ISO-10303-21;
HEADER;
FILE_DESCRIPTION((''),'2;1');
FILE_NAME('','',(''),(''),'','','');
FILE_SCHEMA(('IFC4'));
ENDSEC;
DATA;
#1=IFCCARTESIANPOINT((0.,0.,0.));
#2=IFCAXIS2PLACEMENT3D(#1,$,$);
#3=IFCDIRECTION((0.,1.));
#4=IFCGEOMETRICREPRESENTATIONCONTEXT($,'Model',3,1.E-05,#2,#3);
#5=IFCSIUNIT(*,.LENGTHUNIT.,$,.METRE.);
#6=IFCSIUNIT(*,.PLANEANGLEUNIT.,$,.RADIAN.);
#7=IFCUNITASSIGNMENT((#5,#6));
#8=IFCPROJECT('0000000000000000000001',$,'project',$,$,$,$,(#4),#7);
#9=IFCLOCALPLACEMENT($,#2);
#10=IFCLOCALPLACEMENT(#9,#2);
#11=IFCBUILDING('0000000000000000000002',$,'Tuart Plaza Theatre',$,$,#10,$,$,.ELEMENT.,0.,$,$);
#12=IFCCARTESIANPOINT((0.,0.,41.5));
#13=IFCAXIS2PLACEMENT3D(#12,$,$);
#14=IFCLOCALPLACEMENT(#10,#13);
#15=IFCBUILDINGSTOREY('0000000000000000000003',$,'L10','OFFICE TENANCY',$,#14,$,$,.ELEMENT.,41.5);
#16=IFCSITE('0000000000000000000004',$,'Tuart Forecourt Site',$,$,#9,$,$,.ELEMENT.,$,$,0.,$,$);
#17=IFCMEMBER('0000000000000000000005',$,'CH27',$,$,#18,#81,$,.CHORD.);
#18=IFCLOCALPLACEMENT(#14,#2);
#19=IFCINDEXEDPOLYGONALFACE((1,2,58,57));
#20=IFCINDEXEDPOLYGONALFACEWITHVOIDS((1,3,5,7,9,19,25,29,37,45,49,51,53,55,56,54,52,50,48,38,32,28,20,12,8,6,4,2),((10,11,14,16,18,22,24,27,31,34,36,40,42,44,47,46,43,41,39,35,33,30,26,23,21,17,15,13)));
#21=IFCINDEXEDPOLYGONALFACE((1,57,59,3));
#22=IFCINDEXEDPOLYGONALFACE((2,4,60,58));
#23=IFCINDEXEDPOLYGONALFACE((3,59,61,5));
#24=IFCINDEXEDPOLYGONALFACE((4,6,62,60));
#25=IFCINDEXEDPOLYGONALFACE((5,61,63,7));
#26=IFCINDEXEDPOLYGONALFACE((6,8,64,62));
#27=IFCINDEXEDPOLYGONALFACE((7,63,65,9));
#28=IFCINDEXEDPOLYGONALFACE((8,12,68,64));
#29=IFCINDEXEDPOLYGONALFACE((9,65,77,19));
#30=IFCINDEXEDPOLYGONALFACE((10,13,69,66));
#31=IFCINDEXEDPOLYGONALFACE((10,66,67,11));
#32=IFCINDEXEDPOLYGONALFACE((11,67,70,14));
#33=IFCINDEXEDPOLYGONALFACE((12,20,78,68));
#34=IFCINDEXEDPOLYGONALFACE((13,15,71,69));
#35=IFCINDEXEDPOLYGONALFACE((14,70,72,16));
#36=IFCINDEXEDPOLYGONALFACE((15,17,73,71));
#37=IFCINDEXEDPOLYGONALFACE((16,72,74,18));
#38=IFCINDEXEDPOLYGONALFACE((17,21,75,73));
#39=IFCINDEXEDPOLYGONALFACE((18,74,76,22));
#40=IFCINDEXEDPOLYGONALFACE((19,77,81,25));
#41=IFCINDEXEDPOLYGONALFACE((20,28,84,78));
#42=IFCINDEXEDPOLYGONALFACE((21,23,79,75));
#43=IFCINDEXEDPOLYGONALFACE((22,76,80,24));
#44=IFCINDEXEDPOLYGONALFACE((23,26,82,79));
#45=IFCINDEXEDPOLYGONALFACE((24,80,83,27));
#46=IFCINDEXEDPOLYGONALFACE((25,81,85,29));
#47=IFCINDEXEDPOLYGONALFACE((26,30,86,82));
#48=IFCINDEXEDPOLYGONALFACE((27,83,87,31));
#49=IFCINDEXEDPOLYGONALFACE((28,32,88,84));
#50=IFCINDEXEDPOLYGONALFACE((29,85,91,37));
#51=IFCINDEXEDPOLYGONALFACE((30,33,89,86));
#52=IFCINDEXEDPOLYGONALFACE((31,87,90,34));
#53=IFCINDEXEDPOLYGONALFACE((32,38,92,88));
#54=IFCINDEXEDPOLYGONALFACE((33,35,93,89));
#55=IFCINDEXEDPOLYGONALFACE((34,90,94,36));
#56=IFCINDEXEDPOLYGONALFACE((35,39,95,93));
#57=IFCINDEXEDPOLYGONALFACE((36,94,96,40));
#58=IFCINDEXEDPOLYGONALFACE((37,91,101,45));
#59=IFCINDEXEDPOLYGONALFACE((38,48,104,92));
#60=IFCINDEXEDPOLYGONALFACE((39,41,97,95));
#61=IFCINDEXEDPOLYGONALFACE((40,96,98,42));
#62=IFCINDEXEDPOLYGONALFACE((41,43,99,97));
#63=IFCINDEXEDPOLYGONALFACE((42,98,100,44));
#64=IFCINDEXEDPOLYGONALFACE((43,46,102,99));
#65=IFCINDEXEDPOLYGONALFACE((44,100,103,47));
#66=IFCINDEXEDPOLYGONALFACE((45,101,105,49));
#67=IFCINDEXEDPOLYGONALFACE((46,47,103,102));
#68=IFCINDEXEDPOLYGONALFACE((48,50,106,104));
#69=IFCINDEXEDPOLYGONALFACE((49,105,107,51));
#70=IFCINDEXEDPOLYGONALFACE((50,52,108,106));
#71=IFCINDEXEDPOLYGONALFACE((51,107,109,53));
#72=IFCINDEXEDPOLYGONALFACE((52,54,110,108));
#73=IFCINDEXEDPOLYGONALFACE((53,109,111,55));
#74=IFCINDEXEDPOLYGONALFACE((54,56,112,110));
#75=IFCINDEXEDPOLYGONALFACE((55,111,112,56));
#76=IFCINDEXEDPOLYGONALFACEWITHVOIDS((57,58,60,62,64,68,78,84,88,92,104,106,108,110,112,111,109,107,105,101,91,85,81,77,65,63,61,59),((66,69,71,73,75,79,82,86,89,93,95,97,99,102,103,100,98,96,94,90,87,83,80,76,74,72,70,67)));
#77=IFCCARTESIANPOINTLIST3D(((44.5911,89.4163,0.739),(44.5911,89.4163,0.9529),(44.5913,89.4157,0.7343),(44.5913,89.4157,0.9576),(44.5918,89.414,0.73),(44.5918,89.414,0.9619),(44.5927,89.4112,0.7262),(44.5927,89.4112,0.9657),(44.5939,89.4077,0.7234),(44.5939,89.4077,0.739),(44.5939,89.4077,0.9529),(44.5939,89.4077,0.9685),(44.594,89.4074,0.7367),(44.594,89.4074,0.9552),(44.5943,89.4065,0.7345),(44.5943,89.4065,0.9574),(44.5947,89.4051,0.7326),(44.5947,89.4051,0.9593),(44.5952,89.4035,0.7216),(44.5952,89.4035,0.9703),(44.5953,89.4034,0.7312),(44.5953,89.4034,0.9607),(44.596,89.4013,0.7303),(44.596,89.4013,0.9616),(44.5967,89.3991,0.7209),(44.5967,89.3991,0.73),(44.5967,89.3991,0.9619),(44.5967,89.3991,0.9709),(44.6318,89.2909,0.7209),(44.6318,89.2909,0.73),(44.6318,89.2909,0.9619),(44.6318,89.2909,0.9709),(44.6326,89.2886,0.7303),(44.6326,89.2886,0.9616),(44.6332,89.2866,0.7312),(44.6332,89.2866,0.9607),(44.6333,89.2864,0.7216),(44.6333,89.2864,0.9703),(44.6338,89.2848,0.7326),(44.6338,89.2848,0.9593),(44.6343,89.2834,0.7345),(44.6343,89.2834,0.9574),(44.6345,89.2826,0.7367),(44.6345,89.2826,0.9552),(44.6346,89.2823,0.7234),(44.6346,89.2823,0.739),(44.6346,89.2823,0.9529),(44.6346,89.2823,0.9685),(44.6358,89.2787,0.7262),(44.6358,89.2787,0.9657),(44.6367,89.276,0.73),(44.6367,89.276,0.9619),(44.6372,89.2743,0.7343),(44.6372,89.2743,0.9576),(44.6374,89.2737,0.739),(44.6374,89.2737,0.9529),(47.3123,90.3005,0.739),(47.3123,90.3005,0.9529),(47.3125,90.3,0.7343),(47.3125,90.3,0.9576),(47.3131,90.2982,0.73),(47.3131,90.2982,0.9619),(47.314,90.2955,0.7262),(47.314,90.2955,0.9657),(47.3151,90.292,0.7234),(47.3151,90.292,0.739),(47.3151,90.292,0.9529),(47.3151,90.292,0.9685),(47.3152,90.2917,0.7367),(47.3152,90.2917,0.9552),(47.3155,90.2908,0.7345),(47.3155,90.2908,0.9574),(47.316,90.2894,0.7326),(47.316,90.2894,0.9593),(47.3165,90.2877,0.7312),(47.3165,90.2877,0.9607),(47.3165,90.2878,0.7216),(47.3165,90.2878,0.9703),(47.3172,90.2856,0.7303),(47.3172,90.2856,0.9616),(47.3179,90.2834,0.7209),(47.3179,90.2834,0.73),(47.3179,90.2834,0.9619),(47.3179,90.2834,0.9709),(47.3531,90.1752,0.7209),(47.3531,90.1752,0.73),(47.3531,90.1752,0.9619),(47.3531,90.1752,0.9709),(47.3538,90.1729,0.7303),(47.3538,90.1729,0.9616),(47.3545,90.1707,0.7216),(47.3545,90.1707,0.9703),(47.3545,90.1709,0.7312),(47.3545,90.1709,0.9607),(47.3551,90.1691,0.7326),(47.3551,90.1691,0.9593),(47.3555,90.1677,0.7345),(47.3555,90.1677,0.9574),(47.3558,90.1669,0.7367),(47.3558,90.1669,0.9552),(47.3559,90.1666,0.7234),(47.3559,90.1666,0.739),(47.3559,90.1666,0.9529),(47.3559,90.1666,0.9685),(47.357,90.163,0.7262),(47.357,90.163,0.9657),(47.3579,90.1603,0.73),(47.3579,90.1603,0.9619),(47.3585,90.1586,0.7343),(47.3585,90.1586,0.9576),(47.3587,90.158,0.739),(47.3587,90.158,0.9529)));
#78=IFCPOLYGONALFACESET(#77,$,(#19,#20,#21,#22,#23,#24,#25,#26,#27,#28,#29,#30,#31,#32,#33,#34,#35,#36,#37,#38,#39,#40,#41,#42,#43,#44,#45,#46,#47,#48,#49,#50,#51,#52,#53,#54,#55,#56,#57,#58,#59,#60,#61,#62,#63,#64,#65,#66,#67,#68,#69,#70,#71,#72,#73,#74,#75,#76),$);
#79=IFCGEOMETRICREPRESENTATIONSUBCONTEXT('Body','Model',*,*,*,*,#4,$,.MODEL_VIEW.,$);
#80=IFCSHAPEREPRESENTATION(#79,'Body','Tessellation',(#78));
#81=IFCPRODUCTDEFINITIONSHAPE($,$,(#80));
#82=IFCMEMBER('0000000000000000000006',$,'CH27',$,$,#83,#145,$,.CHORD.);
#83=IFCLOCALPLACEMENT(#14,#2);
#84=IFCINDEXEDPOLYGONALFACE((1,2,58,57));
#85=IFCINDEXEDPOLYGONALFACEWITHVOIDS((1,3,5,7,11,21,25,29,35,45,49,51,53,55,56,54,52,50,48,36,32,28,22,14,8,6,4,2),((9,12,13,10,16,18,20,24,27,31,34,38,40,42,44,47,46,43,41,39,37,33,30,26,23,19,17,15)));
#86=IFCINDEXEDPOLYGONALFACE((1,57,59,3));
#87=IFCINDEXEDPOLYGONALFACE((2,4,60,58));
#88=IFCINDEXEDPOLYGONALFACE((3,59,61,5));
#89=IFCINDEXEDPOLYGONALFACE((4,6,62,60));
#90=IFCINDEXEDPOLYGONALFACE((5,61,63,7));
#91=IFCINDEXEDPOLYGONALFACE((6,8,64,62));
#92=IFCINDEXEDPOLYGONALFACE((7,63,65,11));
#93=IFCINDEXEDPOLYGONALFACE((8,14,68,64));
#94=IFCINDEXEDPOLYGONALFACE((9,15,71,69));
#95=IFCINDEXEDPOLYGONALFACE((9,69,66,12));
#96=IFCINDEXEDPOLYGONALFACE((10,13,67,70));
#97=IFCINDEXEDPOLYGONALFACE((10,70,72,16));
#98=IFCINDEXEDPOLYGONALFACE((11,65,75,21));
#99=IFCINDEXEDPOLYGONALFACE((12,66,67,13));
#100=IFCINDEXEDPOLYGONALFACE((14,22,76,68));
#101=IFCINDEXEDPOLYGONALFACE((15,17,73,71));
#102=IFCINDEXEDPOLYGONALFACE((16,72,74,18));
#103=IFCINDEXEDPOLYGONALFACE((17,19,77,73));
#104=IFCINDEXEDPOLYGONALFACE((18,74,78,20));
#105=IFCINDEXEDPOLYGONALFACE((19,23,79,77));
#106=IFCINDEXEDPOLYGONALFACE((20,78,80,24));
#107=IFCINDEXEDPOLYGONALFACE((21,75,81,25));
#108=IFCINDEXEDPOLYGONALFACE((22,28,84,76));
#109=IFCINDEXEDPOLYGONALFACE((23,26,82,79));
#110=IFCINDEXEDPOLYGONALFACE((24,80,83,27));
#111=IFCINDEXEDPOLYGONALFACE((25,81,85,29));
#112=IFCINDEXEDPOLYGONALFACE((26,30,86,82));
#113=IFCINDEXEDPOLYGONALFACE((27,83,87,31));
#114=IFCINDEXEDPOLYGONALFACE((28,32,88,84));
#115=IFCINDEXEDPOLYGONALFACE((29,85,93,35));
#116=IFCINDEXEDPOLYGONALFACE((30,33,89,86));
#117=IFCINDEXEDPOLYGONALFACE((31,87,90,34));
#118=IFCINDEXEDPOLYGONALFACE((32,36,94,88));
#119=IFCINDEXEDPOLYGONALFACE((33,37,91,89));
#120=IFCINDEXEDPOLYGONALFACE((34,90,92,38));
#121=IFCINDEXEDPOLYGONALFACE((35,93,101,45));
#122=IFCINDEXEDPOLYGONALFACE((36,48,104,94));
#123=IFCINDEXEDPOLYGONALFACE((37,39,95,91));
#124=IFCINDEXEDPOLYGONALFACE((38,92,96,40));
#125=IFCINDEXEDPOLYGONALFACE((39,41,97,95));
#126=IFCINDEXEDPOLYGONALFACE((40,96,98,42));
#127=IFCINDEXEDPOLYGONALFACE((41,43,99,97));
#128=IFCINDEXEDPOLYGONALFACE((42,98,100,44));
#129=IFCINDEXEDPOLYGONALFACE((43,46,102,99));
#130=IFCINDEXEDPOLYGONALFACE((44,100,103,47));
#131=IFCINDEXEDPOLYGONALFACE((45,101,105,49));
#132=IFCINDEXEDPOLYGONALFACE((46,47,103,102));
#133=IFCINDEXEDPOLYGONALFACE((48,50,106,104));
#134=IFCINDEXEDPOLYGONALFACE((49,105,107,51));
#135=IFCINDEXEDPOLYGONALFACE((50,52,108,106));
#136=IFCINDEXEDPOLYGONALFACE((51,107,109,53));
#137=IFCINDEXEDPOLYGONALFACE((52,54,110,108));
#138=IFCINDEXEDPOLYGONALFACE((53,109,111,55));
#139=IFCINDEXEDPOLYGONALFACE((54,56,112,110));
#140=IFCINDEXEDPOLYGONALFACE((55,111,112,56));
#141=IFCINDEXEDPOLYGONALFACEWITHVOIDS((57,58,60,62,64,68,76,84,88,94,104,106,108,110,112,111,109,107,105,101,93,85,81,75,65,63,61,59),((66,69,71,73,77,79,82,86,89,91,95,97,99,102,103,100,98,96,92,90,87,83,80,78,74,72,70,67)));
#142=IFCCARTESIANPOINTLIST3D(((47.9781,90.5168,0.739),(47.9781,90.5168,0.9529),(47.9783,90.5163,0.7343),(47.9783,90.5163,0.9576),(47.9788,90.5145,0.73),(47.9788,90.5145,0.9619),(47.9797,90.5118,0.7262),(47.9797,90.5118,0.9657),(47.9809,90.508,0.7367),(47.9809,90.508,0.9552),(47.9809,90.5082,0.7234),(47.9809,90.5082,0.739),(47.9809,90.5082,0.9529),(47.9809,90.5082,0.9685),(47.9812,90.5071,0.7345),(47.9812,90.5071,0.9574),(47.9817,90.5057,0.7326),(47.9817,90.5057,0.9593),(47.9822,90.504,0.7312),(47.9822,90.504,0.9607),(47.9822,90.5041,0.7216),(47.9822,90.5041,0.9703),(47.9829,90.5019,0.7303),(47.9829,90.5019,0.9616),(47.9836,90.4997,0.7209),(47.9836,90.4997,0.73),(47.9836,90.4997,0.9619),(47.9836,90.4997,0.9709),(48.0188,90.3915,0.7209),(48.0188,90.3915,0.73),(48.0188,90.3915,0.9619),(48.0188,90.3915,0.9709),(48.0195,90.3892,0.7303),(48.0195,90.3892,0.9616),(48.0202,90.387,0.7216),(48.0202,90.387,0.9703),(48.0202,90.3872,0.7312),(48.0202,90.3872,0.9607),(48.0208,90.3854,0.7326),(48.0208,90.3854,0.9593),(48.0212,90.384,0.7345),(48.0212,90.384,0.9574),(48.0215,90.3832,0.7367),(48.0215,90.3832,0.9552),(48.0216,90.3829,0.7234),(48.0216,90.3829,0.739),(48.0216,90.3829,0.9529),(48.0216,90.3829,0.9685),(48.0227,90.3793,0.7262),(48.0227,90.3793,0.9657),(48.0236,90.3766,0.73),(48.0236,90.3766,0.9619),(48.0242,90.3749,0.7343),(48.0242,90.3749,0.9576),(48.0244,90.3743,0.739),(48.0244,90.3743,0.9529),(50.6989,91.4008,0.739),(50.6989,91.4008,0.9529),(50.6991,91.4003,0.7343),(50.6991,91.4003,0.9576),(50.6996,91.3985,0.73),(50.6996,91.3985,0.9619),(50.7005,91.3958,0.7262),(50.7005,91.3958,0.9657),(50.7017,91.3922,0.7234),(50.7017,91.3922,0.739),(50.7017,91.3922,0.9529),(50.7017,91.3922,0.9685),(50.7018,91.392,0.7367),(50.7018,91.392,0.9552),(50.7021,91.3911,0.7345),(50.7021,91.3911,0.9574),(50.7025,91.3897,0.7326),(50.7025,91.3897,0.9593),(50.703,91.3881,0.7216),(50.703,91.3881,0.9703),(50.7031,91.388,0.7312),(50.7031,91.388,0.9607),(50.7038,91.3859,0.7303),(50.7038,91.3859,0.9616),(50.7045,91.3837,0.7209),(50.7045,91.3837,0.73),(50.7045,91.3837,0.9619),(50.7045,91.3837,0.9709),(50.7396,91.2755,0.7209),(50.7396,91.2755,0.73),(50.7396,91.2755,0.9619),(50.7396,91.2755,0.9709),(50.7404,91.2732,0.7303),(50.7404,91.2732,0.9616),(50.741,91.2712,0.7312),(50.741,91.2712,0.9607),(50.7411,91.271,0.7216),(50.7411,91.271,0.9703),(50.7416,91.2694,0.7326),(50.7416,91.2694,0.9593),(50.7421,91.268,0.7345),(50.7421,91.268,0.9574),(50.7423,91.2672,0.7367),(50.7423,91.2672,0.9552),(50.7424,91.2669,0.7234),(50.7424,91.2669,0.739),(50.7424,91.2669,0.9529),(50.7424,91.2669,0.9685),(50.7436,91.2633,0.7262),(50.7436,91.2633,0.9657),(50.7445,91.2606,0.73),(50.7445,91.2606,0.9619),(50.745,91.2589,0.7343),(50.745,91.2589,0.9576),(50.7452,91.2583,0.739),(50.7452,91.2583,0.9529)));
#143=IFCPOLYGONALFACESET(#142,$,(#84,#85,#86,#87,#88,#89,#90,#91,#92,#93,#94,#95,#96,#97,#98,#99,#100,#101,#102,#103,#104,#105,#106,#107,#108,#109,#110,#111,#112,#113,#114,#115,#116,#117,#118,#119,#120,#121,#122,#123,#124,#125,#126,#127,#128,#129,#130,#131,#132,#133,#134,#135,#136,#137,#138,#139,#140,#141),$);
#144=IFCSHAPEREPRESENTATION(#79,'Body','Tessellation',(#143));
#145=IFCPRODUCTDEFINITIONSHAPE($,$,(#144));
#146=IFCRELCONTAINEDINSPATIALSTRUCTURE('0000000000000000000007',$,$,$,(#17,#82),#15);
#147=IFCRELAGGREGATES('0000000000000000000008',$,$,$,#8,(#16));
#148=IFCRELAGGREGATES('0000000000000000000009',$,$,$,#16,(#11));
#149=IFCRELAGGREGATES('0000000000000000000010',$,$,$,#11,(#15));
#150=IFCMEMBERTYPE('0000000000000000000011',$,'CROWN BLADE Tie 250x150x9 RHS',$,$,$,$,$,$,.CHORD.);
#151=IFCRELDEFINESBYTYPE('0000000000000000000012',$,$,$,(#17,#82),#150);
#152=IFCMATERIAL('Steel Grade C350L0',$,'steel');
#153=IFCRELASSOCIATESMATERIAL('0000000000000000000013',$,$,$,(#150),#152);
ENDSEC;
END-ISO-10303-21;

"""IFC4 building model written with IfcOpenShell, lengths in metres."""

from ifc_helpers import new_model, si_unit, direction, frame, origin, origin_2d, place, context, subcontext, project, spatial, hollow_rectangle, extrude, material, material_profile, profile_set, type_object, element, save


model = new_model("IFC4")

# Units and contexts
model_context = context("Model", 3, precision=1e-05, world=origin(), true_north=direction((0.0, 1.0)))
body_context = subcontext(model_context, "Body", "Model", "MODEL_VIEW")
ifc_project = project(units=[si_unit("LENGTHUNIT", "METRE"), si_unit("PLANEANGLEUNIT", "RADIAN")], contexts=[model_context])

# Site, building, storey
site_placement = place(None, origin())
site = spatial("IfcSite", under=ifc_project, at=site_placement, Name="Tuart Forecourt Site", CompositionType="ELEMENT", RefElevation=0.0)
building_placement = place(site_placement, origin())
building = spatial("IfcBuilding", under=site, at=building_placement, Name="Tuart Plaza Theatre", CompositionType="ELEMENT", ElevationOfRefHeight=0.0)
storey_placement = place(building_placement, frame((0.0, 0.0, 41.5)))
storey = spatial("IfcBuildingStorey", under=building, at=storey_placement, Name="L10", Description="OFFICE TENANCY", CompositionType="ELEMENT", Elevation=41.5)

# Members
ifc_material_1 = material(Name="Steel Grade C350L0", Category="steel")
ifc_material_profile_1 = material_profile(ifc_material_1, hollow_rectangle(XDim=0.1499, YDim=0.25, WallThickness=0.009, InnerFilletRadius=0.009, OuterFilletRadius=0.0181, at=origin_2d()), Name="250x150x9 RHS")
ifc_profile_set_1 = profile_set([ifc_material_profile_1], Name="Steel Grade C350L0")
member_type_1 = type_object("IfcMemberType", Name="CROWN BLADE Tie 250x150x9 RHS", PredefinedType="CHORD", material=ifc_profile_set_1)
member_1_placement = place(storey_placement, frame((44.6143, 89.345, 0.8459), z_axis=(0.951045, 0.309051, 0.0), x_axis=(-0.309051, 0.951045, 0.0)))
element("IfcMember", 1, at=member_1_placement, inside=storey, type_object=member_type_1, Name="CH27", PredefinedType="CHORD", context=body_context, shape_type="SweptSolid", body=[
    extrude(hollow_rectangle(XDim=0.1499, YDim=0.25, WallThickness=0.009, InnerFilletRadius=0.009, OuterFilletRadius=0.0181, at=origin_2d()), origin(), (0.0, 0.0, 1.0), 2.8613),
])
member_2_placement = place(storey_placement, frame((48.0012, 90.4456, 0.8459), z_axis=(0.951062, 0.308999, 0.0), x_axis=(-0.308999, 0.951062, 0.0)))
element("IfcMember", 2, at=member_2_placement, inside=storey, type_object=member_type_1, Name="CH27", PredefinedType="CHORD", context=body_context, shape_type="SweptSolid", body=[
    extrude(hollow_rectangle(XDim=0.1499, YDim=0.25, WallThickness=0.009, InnerFilletRadius=0.009, OuterFilletRadius=0.0181, at=origin_2d()), origin(), (0.0, 0.0, 1.0), 2.8608),
])

save(model, "model.ifc")
